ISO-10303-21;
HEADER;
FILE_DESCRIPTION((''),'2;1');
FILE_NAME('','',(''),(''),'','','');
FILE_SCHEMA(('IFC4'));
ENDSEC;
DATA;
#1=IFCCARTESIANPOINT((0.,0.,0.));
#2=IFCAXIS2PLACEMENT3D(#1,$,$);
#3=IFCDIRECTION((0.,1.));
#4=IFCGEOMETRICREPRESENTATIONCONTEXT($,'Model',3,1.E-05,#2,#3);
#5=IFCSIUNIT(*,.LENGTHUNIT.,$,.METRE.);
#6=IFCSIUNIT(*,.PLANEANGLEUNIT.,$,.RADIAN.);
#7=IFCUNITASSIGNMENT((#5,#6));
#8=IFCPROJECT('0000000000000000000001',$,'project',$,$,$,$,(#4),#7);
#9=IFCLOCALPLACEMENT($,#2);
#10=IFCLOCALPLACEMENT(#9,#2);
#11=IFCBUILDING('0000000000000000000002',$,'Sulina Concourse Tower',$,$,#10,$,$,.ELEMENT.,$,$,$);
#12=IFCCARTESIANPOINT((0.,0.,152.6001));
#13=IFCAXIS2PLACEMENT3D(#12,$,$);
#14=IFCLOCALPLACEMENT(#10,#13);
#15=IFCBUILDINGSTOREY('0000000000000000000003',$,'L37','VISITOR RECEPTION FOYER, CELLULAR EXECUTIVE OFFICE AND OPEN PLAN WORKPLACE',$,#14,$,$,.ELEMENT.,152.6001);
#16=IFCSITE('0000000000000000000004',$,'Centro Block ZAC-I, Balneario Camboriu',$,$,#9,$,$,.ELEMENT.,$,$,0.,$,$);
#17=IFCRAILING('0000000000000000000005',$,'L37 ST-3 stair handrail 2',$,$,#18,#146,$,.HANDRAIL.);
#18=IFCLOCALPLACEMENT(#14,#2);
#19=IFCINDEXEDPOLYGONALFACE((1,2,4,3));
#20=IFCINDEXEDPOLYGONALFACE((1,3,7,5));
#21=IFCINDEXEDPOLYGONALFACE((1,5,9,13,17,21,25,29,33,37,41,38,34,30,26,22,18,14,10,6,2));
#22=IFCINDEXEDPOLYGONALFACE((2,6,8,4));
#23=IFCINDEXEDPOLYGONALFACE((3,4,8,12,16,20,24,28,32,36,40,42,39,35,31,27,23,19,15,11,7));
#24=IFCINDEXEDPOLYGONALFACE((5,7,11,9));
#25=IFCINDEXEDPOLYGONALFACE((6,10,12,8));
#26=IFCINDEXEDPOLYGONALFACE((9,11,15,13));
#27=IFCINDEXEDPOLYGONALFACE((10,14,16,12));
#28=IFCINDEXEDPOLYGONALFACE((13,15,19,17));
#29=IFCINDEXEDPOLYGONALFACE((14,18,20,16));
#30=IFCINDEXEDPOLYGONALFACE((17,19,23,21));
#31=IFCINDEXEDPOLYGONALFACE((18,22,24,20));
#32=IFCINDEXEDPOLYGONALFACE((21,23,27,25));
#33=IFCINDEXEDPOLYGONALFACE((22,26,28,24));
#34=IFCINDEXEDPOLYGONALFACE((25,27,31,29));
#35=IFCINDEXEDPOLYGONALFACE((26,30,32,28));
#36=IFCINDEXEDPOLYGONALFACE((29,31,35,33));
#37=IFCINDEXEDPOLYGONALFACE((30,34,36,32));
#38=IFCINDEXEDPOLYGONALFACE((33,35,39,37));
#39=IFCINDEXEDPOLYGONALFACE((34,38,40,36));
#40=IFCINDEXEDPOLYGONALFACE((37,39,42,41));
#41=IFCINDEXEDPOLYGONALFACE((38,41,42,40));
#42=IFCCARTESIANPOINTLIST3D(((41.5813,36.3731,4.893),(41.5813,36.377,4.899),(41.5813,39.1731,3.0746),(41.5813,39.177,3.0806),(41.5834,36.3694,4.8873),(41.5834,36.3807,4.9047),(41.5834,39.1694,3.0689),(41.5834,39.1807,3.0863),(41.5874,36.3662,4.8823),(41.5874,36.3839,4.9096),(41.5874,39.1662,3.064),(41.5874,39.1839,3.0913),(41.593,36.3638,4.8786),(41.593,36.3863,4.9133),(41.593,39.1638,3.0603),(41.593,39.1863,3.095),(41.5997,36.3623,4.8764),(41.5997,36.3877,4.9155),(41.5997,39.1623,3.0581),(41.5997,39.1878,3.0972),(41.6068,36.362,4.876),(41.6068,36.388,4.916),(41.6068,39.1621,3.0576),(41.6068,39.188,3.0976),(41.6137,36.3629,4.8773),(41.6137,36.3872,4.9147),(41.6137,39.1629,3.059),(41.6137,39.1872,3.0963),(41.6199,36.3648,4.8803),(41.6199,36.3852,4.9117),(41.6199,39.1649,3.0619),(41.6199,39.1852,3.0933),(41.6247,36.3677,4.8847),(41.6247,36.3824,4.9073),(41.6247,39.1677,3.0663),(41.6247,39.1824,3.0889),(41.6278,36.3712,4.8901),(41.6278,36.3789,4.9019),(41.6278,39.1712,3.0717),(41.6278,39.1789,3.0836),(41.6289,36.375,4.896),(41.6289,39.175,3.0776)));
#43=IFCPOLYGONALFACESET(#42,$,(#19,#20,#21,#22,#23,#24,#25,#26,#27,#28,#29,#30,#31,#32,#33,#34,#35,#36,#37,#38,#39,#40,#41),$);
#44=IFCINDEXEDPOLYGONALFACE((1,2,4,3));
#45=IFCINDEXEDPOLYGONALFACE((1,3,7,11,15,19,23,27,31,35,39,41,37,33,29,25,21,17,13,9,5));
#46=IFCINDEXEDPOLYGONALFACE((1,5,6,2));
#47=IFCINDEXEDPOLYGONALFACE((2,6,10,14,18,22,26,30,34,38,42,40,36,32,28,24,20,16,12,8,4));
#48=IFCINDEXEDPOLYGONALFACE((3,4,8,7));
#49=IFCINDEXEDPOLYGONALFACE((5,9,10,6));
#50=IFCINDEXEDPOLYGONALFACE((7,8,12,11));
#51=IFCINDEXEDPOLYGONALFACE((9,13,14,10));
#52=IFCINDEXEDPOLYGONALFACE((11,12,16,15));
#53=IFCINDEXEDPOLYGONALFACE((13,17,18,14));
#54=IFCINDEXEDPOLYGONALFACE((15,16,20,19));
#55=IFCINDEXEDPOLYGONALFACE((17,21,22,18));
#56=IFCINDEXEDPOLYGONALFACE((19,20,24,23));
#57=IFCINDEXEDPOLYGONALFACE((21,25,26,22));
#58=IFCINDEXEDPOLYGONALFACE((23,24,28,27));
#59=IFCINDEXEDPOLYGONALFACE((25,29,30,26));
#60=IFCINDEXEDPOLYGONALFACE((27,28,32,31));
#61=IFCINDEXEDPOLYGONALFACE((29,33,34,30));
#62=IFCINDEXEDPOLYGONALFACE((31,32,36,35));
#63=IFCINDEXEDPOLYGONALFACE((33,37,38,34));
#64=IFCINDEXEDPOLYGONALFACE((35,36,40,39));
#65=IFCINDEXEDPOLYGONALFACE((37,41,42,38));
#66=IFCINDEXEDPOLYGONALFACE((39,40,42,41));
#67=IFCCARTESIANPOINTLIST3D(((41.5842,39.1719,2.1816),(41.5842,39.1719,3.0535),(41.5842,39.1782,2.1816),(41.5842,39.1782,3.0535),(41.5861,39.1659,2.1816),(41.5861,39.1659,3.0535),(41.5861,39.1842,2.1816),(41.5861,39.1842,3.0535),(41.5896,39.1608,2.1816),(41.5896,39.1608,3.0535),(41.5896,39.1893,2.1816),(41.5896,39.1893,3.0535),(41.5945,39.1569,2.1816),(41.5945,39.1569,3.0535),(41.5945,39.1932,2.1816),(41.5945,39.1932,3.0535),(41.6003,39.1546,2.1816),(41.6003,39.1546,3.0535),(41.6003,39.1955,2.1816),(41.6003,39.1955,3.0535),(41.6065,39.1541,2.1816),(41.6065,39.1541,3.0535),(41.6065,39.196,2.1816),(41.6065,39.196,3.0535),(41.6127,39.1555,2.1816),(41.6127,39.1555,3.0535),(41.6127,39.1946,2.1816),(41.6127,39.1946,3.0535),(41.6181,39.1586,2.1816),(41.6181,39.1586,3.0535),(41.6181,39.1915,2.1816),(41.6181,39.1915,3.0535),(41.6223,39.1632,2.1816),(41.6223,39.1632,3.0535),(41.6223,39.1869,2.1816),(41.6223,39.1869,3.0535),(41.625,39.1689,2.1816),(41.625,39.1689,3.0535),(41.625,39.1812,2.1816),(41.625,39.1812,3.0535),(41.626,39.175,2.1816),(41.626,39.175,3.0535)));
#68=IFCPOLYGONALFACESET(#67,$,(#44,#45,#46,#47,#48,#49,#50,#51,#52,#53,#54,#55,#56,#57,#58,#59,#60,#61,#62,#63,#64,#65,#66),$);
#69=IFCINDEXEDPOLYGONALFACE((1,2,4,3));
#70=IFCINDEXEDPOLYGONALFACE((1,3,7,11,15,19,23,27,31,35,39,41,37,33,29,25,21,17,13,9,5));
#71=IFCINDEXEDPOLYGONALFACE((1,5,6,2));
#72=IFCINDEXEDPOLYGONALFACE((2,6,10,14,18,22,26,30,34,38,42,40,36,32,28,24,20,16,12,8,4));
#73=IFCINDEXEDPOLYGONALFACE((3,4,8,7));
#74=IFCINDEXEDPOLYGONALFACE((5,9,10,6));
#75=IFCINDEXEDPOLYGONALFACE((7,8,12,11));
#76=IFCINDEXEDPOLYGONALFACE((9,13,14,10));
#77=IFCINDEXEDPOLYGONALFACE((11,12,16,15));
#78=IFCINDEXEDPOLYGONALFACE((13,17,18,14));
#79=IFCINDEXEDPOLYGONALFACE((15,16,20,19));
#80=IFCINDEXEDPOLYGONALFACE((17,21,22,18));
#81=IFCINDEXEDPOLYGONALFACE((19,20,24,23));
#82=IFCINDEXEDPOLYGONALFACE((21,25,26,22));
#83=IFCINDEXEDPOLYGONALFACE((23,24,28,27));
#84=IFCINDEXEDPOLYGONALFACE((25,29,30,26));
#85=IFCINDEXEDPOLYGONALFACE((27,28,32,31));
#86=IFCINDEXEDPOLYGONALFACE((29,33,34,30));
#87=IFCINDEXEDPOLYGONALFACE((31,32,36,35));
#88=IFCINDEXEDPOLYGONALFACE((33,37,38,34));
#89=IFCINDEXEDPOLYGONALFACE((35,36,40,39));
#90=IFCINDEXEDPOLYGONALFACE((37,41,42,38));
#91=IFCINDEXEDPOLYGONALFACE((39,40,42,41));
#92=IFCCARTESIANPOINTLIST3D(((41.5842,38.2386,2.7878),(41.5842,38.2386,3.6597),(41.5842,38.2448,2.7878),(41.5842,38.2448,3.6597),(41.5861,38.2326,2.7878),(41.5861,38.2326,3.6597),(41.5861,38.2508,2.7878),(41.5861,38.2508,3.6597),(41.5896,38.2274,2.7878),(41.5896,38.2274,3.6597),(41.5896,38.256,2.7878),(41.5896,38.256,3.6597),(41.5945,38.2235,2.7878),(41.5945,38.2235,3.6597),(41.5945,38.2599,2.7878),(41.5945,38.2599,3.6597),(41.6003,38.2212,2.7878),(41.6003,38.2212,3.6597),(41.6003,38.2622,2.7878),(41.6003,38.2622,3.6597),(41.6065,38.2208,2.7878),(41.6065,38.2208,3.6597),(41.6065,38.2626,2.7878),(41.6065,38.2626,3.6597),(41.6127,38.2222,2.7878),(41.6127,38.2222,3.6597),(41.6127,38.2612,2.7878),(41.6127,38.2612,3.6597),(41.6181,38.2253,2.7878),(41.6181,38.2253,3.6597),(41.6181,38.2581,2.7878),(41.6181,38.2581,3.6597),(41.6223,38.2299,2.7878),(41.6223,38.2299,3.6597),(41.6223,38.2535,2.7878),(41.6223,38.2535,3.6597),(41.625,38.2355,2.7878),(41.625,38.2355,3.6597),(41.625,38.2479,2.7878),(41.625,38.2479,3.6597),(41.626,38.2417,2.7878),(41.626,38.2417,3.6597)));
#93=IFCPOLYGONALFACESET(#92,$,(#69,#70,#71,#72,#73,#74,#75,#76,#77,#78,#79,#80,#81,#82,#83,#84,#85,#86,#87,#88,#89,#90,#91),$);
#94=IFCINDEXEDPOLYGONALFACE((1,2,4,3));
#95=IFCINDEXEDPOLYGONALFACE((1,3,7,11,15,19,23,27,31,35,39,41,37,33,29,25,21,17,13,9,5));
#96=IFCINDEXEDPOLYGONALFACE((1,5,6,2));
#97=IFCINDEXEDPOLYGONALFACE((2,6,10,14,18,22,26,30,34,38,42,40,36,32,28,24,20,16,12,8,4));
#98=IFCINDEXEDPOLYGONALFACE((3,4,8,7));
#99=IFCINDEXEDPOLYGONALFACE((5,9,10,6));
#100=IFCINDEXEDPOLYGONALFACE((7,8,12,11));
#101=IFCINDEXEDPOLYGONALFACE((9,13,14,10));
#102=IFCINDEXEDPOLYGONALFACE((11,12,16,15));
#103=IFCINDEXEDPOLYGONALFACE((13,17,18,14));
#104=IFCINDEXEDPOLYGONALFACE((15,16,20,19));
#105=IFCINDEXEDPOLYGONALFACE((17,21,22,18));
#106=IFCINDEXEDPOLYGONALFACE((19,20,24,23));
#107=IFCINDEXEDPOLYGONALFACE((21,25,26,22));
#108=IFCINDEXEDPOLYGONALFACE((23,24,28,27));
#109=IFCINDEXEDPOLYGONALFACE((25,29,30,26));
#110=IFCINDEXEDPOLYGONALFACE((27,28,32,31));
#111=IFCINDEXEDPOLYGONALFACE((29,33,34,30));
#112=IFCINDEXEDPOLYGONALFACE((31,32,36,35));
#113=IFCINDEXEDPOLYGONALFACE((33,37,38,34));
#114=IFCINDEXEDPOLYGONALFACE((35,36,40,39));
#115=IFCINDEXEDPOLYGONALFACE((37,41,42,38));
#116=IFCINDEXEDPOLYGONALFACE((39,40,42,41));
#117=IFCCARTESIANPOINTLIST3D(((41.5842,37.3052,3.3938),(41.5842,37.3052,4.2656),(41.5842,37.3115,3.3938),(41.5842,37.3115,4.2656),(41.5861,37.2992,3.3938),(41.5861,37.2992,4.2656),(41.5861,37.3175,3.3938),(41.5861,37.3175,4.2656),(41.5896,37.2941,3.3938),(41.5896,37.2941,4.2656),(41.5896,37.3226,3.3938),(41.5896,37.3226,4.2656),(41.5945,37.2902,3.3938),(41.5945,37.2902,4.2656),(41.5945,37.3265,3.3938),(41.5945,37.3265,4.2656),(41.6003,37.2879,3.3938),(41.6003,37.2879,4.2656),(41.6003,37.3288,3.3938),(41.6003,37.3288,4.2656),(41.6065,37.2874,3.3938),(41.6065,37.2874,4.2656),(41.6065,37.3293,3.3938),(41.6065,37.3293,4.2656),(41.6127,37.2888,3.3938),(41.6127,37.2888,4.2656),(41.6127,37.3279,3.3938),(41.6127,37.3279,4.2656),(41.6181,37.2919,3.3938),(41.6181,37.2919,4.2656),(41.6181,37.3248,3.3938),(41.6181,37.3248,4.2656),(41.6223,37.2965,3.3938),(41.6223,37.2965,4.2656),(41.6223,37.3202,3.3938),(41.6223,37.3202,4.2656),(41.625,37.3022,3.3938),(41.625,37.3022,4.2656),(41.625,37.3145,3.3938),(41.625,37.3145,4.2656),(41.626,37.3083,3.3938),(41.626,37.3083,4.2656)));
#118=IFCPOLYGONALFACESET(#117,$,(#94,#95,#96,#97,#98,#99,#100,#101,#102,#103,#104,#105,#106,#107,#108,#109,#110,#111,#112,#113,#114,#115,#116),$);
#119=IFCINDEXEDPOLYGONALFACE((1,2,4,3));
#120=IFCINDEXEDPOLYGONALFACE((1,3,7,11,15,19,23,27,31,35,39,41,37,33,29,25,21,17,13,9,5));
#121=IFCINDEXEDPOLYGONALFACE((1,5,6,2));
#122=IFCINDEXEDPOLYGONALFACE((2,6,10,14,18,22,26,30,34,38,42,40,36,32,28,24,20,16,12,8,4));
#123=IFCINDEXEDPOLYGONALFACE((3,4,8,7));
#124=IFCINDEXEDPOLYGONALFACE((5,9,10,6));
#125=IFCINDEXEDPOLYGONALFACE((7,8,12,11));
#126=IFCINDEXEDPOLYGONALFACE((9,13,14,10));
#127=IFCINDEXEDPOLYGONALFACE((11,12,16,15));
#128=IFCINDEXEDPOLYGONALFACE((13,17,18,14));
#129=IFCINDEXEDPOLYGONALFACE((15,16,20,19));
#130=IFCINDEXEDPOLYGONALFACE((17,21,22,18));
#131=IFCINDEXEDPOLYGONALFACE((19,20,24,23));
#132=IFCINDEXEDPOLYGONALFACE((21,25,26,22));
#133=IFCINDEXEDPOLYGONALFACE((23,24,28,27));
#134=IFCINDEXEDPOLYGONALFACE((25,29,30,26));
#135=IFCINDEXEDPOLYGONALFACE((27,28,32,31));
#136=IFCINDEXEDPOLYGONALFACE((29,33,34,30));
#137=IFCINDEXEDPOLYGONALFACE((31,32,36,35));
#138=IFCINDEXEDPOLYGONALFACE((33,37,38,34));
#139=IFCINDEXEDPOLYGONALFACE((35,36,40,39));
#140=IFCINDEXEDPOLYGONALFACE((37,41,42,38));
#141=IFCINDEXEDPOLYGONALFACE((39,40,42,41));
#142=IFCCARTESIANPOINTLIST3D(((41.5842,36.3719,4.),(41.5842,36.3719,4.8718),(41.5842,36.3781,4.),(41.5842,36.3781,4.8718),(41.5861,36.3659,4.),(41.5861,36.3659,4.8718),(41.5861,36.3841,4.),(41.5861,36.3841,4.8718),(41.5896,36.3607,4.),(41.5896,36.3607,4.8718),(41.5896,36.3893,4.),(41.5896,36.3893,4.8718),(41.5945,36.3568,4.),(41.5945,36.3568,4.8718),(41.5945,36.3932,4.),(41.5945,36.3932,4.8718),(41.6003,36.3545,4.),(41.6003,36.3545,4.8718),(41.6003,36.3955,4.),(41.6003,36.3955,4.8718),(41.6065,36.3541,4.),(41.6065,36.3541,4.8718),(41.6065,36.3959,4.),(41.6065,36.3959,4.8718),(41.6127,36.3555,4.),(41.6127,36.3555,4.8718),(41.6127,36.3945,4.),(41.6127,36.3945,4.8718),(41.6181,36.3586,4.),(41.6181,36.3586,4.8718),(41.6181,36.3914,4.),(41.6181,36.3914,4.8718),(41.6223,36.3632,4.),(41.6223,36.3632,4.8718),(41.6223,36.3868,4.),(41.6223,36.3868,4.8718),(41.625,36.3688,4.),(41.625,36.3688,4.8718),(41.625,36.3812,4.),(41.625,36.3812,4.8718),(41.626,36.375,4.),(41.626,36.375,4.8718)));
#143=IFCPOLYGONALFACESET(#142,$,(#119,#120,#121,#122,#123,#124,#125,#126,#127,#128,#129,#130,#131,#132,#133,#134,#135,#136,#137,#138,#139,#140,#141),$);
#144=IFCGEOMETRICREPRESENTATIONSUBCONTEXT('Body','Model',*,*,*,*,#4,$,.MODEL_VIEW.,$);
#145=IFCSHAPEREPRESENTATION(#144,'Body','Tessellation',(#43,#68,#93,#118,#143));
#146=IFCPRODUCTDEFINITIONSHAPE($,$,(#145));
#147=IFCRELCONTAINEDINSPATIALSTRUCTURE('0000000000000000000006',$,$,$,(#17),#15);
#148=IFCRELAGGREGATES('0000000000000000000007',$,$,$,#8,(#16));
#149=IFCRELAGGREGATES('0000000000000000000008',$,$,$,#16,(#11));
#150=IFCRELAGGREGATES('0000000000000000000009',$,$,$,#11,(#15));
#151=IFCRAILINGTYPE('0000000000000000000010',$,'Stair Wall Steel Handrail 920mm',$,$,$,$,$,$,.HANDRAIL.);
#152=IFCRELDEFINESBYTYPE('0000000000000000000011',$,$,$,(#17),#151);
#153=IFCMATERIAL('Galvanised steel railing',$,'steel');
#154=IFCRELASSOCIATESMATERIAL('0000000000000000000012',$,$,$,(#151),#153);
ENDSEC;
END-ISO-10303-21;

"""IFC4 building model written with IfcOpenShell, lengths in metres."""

from ifc_helpers import new_model, si_unit, direction, frame, origin, origin_2d, place, context, subcontext, project, spatial, circle, extrude, material, type_object, element, save


model = new_model("IFC4")

# Units and contexts
model_context = context("Model", 3, precision=1e-05, world=origin(), true_north=direction((0.0, 1.0)))
body_context = subcontext(model_context, "Body", "Model", "MODEL_VIEW")
ifc_project = project(units=[si_unit("LENGTHUNIT", "METRE"), si_unit("PLANEANGLEUNIT", "RADIAN")], contexts=[model_context])

# Site, building, storey
site_placement = place(None, origin())
site = spatial("IfcSite", under=ifc_project, at=site_placement, Name="Centro Block ZAC-I, Balneario Camboriu", CompositionType="ELEMENT", RefElevation=0.0)
building_placement = place(site_placement, origin())
building = spatial("IfcBuilding", under=site, at=building_placement, Name="Sulina Concourse Tower", CompositionType="ELEMENT")
storey_placement = place(building_placement, frame((0.0, 0.0, 152.6001)))
storey = spatial("IfcBuildingStorey", under=building, at=storey_placement, Name="L37", Description="VISITOR RECEPTION FOYER, CELLULAR EXECUTIVE OFFICE AND OPEN PLAN WORKPLACE", CompositionType="ELEMENT", Elevation=152.6001)

# Railing
ifc_material_1 = material(Name="Galvanised steel railing", Category="steel")
railing_type_1 = type_object("IfcRailingType", Name="Stair Wall Steel Handrail 920mm", PredefinedType="HANDRAIL", material=ifc_material_1)
railing_1_placement = place(storey_placement, frame((41.605, 39.175, 2.1816)))
element("IfcRailing", 1, at=railing_1_placement, inside=storey, type_object=railing_type_1, Name="L37 ST-3 stair handrail 2", PredefinedType="HANDRAIL", context=body_context, shape_type="SweptSolid", body=[
    extrude(circle(Radius=0.0239, at=origin_2d()), frame((0.0, 0.0, 0.896), z_axis=(0.0, -0.838672, 0.544636), x_axis=(1.0, 0.0, 0.0)), (0.0, 0.0, 1.0), 3.3386),
    extrude(circle(Radius=0.021, at=origin_2d()), origin(), (0.0, 0.0, 1.0), 0.8718),
    extrude(circle(Radius=0.021, at=origin_2d()), frame((0.0, -0.9333, 0.6062)), (0.0, 0.0, 1.0), 0.8718),
    extrude(circle(Radius=0.021, at=origin_2d()), frame((0.0, -1.8667, 1.2122)), (0.0, 0.0, 1.0), 0.8718),
    extrude(circle(Radius=0.021, at=origin_2d()), frame((0.0, -2.8, 1.8184)), (0.0, 0.0, 1.0), 0.8718),
])

save(model, "model.ifc")
